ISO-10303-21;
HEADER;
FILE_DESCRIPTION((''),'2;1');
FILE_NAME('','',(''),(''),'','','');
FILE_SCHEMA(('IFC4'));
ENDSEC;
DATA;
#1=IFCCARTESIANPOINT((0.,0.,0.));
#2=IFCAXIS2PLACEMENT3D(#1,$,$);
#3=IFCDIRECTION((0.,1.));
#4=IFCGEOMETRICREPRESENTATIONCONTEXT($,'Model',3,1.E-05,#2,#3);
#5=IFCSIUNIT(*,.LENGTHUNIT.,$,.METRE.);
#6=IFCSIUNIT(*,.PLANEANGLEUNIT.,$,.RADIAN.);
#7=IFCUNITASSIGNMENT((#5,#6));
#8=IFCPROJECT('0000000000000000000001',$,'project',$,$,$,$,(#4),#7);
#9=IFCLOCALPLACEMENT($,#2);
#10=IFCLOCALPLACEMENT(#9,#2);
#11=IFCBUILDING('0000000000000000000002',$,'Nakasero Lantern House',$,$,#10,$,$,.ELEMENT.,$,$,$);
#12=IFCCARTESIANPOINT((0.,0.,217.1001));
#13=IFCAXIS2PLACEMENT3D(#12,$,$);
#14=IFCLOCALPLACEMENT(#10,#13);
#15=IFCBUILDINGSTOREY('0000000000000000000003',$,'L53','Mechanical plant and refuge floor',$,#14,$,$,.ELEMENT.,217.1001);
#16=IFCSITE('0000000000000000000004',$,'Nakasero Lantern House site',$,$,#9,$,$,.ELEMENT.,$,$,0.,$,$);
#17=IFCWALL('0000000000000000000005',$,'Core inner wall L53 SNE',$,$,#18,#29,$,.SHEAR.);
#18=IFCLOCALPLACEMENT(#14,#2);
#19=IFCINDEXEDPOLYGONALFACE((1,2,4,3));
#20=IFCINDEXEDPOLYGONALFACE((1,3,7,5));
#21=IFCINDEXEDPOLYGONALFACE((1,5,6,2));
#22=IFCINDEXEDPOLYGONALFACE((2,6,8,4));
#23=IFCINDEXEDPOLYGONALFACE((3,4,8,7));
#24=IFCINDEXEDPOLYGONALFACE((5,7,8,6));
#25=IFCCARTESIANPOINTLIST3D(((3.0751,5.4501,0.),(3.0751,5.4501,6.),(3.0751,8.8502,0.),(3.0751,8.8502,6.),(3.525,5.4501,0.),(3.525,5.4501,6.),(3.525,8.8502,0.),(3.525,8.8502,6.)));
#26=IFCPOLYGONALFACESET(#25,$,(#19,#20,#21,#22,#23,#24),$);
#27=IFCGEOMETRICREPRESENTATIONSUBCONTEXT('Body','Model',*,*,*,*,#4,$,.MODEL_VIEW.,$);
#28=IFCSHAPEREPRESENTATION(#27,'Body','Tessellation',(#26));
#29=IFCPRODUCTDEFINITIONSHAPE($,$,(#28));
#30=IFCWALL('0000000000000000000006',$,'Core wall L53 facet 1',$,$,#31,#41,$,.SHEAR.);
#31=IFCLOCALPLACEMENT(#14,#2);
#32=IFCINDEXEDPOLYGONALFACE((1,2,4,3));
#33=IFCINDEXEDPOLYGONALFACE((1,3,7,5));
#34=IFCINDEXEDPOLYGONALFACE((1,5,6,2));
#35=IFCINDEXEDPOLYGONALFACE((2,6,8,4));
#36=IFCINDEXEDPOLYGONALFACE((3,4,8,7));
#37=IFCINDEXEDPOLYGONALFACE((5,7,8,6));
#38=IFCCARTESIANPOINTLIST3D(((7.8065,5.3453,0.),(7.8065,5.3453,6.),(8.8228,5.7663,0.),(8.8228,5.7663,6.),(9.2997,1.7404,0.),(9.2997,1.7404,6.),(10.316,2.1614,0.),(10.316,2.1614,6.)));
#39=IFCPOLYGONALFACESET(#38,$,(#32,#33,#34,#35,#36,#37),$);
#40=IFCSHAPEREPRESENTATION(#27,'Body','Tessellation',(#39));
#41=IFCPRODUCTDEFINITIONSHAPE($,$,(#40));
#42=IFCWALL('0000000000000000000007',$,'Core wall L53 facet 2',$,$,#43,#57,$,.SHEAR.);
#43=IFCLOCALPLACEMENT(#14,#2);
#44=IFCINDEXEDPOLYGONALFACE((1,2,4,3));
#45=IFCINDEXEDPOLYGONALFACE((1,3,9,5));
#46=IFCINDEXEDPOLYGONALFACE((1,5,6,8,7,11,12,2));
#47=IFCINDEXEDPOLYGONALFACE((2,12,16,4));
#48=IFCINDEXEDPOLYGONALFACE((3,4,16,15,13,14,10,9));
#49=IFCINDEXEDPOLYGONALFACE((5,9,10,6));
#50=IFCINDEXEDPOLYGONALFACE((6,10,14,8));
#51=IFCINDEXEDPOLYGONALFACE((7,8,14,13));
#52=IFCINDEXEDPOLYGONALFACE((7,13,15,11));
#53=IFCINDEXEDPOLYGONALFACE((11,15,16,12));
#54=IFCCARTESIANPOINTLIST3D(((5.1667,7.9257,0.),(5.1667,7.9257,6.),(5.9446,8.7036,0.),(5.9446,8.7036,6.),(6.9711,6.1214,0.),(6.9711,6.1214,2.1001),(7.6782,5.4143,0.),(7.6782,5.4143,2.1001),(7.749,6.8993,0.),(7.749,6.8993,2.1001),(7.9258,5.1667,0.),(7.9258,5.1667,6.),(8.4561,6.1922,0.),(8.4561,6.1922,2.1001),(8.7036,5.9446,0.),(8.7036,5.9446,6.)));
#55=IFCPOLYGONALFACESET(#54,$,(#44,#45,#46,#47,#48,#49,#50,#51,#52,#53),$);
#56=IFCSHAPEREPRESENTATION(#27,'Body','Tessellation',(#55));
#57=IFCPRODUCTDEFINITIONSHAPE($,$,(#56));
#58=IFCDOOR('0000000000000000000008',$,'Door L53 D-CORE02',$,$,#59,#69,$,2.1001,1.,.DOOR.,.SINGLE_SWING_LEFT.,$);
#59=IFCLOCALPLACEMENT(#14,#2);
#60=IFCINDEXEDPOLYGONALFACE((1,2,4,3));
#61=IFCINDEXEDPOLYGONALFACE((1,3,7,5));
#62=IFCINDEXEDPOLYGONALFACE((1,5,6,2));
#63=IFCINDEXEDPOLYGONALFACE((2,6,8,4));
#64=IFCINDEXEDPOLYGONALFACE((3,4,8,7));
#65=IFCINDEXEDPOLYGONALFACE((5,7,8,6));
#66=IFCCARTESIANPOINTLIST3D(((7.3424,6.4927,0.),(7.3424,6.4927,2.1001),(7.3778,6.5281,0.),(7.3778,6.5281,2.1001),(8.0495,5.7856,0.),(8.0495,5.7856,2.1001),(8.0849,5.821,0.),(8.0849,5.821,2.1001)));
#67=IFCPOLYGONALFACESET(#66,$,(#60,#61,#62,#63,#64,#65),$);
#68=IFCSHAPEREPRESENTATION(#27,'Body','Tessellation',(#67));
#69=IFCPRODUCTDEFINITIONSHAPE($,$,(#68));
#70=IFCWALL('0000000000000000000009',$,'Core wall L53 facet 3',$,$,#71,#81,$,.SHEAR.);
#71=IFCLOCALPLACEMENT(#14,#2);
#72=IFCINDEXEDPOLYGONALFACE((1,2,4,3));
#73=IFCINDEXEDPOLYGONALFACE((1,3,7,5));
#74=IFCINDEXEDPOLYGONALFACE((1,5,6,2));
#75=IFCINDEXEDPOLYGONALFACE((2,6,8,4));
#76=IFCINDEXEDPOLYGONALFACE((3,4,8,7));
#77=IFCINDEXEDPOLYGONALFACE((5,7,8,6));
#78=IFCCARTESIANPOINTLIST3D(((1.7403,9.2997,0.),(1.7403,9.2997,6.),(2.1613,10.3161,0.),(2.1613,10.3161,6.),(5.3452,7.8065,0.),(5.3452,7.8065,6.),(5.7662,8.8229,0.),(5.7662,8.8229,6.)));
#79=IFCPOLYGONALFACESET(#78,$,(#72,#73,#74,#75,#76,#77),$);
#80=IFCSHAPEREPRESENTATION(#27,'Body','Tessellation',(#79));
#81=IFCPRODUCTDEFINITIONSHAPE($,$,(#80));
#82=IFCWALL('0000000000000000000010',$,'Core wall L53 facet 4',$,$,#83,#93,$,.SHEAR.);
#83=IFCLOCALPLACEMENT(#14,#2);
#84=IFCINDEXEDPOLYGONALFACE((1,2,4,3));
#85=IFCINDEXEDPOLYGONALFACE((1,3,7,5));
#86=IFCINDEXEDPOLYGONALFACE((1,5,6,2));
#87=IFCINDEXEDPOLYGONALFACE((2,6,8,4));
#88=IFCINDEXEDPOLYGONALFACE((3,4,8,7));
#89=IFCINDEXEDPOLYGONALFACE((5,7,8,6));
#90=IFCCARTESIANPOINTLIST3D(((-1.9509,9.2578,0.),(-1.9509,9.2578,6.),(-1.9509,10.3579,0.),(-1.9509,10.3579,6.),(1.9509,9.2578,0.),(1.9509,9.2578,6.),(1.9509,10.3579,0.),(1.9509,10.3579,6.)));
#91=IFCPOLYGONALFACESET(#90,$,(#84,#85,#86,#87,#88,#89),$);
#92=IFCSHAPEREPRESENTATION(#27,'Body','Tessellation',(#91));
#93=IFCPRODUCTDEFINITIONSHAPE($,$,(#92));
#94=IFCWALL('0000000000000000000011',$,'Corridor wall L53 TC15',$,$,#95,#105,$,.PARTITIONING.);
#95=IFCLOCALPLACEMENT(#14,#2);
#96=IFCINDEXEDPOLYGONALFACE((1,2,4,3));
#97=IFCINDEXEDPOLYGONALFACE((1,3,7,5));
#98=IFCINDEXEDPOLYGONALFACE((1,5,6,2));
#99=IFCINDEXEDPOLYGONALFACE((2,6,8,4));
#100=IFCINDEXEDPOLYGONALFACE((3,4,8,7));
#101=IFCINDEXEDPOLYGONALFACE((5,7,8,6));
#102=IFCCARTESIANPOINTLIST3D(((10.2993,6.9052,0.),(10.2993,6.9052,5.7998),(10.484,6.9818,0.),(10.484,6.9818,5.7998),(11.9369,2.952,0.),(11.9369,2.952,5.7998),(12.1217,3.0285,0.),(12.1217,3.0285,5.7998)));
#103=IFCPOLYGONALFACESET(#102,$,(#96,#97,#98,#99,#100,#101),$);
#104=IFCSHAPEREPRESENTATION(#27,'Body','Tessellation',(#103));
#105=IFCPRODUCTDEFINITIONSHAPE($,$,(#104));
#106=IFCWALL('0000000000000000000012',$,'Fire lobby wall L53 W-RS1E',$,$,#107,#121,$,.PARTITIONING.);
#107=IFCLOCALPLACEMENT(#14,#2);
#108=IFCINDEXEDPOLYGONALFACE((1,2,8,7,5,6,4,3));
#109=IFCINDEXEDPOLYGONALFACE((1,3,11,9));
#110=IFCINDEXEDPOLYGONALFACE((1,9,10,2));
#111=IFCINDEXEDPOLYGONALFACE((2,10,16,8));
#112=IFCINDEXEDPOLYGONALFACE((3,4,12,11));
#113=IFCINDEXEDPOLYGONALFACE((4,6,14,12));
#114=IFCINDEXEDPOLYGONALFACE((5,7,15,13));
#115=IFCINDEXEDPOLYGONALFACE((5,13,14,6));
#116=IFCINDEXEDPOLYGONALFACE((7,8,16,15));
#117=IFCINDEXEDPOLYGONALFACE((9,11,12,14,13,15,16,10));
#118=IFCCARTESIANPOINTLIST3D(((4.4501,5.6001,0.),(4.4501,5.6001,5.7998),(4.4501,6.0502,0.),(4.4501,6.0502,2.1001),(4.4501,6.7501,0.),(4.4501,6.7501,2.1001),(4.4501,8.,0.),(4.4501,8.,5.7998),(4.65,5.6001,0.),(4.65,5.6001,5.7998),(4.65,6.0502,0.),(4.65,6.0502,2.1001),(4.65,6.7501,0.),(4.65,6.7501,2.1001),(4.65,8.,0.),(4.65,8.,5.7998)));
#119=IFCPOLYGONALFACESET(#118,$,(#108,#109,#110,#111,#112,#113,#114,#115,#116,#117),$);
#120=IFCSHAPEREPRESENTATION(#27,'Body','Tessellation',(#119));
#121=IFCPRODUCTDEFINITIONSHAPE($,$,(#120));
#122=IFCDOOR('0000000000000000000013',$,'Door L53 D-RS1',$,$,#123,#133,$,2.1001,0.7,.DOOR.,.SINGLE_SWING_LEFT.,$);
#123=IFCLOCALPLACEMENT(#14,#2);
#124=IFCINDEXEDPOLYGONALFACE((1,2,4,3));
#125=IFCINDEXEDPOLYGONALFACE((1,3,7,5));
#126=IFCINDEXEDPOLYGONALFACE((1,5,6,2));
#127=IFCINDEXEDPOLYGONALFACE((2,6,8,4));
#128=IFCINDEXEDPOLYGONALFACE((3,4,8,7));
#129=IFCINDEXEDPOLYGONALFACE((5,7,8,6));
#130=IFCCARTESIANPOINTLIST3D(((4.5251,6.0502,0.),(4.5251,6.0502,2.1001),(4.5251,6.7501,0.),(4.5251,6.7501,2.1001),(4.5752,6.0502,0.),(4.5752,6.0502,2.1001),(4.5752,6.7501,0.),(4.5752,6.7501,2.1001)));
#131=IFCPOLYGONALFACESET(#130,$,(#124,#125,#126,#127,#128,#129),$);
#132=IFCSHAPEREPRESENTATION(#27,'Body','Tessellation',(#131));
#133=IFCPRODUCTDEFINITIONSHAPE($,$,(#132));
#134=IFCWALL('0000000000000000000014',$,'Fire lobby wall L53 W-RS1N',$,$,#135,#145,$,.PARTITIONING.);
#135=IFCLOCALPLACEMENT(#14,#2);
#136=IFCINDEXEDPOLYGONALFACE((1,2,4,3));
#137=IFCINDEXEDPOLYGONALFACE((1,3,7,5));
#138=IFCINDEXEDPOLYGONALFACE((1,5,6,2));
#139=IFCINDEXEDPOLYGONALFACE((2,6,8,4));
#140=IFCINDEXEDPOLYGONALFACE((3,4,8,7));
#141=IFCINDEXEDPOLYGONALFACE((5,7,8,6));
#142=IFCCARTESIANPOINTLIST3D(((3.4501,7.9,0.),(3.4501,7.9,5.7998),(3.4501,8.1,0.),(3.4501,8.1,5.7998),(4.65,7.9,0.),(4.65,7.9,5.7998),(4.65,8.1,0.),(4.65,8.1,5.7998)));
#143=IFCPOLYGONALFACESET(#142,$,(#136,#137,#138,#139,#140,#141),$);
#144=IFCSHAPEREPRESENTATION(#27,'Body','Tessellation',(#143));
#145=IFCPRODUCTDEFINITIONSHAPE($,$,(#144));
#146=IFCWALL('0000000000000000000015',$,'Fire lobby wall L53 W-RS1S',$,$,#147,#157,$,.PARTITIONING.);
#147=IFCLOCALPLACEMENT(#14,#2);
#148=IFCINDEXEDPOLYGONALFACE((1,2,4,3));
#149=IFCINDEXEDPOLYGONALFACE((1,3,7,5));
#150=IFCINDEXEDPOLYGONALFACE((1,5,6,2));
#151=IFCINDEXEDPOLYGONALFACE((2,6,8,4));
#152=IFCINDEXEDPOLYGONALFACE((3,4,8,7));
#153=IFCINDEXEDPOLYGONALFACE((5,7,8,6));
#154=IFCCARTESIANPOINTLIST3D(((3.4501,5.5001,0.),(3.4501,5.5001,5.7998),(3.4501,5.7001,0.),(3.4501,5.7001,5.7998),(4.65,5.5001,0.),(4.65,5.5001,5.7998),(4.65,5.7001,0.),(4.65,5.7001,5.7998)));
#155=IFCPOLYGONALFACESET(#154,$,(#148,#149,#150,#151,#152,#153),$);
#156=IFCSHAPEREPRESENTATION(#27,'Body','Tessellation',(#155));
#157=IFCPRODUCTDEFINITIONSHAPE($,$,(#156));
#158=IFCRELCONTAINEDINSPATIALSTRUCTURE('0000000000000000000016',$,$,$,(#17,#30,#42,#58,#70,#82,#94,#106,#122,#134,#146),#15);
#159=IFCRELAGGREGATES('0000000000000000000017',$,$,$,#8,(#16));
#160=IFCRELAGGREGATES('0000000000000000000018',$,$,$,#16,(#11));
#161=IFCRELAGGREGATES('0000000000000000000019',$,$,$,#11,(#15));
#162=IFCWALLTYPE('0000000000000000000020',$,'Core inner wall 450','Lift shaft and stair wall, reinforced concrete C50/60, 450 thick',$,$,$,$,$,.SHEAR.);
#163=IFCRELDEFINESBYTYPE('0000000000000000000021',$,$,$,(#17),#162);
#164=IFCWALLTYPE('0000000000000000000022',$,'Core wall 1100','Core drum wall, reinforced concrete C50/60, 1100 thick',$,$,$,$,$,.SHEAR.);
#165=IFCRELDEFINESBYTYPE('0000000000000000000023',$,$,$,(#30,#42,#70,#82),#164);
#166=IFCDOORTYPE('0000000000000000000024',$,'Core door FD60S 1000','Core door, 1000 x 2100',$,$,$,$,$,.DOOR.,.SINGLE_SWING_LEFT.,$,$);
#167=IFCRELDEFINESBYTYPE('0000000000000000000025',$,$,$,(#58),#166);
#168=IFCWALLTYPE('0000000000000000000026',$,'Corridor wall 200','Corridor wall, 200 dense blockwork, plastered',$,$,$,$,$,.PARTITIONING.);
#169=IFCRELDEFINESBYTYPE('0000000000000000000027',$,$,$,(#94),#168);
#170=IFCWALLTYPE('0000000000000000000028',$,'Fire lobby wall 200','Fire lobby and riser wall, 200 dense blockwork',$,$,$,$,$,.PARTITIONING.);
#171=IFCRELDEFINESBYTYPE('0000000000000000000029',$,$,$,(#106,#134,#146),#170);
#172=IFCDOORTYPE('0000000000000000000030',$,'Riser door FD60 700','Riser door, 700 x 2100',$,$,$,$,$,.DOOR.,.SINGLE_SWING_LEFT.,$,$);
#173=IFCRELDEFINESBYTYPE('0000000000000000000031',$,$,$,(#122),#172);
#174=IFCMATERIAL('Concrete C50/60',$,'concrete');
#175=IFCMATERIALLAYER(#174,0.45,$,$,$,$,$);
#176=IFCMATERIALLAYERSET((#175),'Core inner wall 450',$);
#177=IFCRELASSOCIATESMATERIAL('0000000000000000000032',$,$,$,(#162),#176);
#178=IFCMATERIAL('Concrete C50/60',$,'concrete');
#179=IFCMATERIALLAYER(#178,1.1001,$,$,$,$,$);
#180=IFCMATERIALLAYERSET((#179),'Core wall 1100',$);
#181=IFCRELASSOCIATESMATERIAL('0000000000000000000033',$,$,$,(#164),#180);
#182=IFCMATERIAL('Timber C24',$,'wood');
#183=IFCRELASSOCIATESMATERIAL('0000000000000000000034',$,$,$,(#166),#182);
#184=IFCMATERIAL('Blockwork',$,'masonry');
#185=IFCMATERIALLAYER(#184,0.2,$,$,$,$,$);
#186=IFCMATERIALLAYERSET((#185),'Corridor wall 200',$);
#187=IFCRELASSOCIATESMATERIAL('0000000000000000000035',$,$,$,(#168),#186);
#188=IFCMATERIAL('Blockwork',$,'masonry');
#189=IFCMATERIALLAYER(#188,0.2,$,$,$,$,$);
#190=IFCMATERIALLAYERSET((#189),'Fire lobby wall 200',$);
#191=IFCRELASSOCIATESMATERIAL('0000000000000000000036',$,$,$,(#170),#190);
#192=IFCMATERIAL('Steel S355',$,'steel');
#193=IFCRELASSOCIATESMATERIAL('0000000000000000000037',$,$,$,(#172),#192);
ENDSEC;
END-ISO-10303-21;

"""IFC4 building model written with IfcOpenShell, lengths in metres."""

from ifc_helpers import new_model, si_unit, direction, frame, frame_2d, origin, place, context, subcontext, project, spatial, rectangle, extrude, material, layer, layer_set, type_object, element, fill, save


model = new_model("IFC4")

# Units and contexts
model_context = context("Model", 3, precision=1e-05, world=origin(), true_north=direction((0.0, 1.0)))
body_context = subcontext(model_context, "Body", "Model", "MODEL_VIEW")
ifc_project = project(units=[si_unit("LENGTHUNIT", "METRE"), si_unit("PLANEANGLEUNIT", "RADIAN")], contexts=[model_context])

# Site, building, storey
site_placement = place(None, origin())
site = spatial("IfcSite", under=ifc_project, at=site_placement, Name="Nakasero Lantern House site", CompositionType="ELEMENT", RefElevation=0.0)
building_placement = place(site_placement, origin())
building = spatial("IfcBuilding", under=site, at=building_placement, Name="Nakasero Lantern House", CompositionType="ELEMENT")
storey_placement = place(building_placement, frame((0.0, 0.0, 217.1001)))
storey = spatial("IfcBuildingStorey", under=building, at=storey_placement, Name="L53", Description="Mechanical plant and refuge floor", CompositionType="ELEMENT", Elevation=217.1001)

# Walls
ifc_material_1 = material(Name="Concrete C50/60", Category="concrete")
ifc_layer_1 = layer(ifc_material_1, 0.45)
ifc_layer_set_1 = layer_set([ifc_layer_1], Name="Core inner wall 450")
wall_type_1 = type_object("IfcWallType", Name="Core inner wall 450", Description="Lift shaft and stair wall, reinforced concrete C50/60, 450 thick", PredefinedType="SHEAR", material=ifc_layer_set_1)
wall_1_placement = place(storey_placement, frame((3.3, 5.45, 0.0), z_axis=(0.0, 0.0, 1.0), x_axis=(0.0, 1.0, 0.0)))
element("IfcWall", 1, at=wall_1_placement, inside=storey, type_object=wall_type_1, Name="Core inner wall L53 SNE", PredefinedType="SHEAR", context=body_context, shape_type="SweptSolid", body=[
    extrude(rectangle(XDim=3.4001, YDim=0.45, at=frame_2d((1.7002, 0.0))), origin(), (0.0, 0.0, 1.0), 6.0),
])
ifc_material_2 = material(Name="Concrete C50/60", Category="concrete")
ifc_layer_2 = layer(ifc_material_2, 1.1001)
ifc_layer_set_2 = layer_set([ifc_layer_2], Name="Core wall 1100")
wall_type_2 = type_object("IfcWallType", Name="Core wall 1100", Description="Core drum wall, reinforced concrete C50/60, 1100 thick", PredefinedType="SHEAR", material=ifc_layer_set_2)
wall_2_placement = place(storey_placement, frame((9.8079, 1.9509, 0.0), z_axis=(0.0, 0.0, 1.0), x_axis=(-0.382691, 0.923877, 0.0)))
element("IfcWall", 2, at=wall_2_placement, inside=storey, type_object=wall_type_2, Name="Core wall L53 facet 1", PredefinedType="SHEAR", context=body_context, shape_type="SweptSolid", body=[
    extrude(rectangle(XDim=3.9019, YDim=1.1001, at=frame_2d((1.9509, 0.0))), origin(), (0.0, 0.0, 1.0), 6.0),
])

# Wall, opening, door
wall_3_placement = place(storey_placement, frame((8.3147, 5.5557, 0.0), z_axis=(0.0, 0.0, 1.0), x_axis=(-0.707107, 0.707107, 0.0)))
wall_3 = element("IfcWall", 3, at=wall_3_placement, inside=storey, type_object=wall_type_2, Name="Core wall L53 facet 2", PredefinedType="SHEAR", context=body_context, shape_type="SweptSolid", body=[
    extrude(rectangle(XDim=3.9019, YDim=1.1001, at=frame_2d((1.9509, 0.0))), origin(), (0.0, 0.0, 1.0), 6.0),
])
opening_1_placement = place(wall_3_placement, frame((0.3501, 0.0, 0.0)))
opening_1 = element("IfcOpeningElement", 4, at=opening_1_placement, cuts=wall_3, PredefinedType="OPENING", context=body_context, shape_type="SweptSolid", body=[
    extrude(rectangle(XDim=1.0, YDim=2.1001, at=frame_2d((0.5, 1.05))), frame((0.0, 0.5701, 0.0), z_axis=(0.0, -1.0, 0.0), x_axis=(1.0, 0.0, 0.0)), (0.0, 0.0, 1.0), 1.1401),
])
ifc_material_3 = material(Name="Timber C24", Category="wood")
door_type_1 = type_object("IfcDoorType", Name="Core door FD60S 1000", Description="Core door, 1000 x 2100", OperationType="SINGLE_SWING_LEFT", PredefinedType="DOOR", material=ifc_material_3)
door_1_placement = place(opening_1_placement, origin())
door_1 = element("IfcDoor", 5, at=door_1_placement, inside=storey, type_object=door_type_1, Name="Door L53 D-CORE02", OperationType="SINGLE_SWING_LEFT", OverallHeight=2.1001, OverallWidth=1.0, PredefinedType="DOOR", context=body_context, shape_type="SweptSolid", body=[
    extrude(rectangle(XDim=1.0, YDim=2.1001, at=frame_2d((0.5, 1.05))), frame((0.0, 0.0249, 0.0), z_axis=(0.0, -1.0, 0.0), x_axis=(1.0, 0.0, 0.0)), (0.0, 0.0, 1.0), 0.05),
])
fill(opening_1, door_1)

# Walls
for number, where, z_axis, x_axis, name in (
    (6, (5.5557, 8.3147, 0.0), (0.0, 0.0, 1.0), (-0.923877, 0.382691, 0.0), "Core wall L53 facet 3"),
    (7, (1.9509, 9.8079, 0.0), (0.0, 0.0, 1.0), (-1.0, 0.0, 0.0), "Core wall L53 facet 4"),
):
    element("IfcWall", number, at=place(storey_placement, frame(where, z_axis=z_axis, x_axis=x_axis)), inside=storey, type_object=wall_type_2, Name=name, PredefinedType="SHEAR", context=body_context, shape_type="SweptSolid", body=[
        extrude(rectangle(XDim=3.9019, YDim=1.1001, at=frame_2d((1.9509, 0.0))), origin(), (0.0, 0.0, 1.0), 6.0),
    ])
ifc_material_4 = material(Name="Blockwork", Category="masonry")
ifc_layer_3 = layer(ifc_material_4, 0.2)
ifc_layer_set_3 = layer_set([ifc_layer_3], Name="Corridor wall 200")
wall_type_3 = type_object("IfcWallType", Name="Corridor wall 200", Description="Corridor wall, 200 dense blockwork, plastered", PredefinedType="PARTITIONING", material=ifc_layer_set_3)
wall_4_placement = place(storey_placement, frame((10.3916, 6.9436, 0.0), z_axis=(0.0, 0.0, 1.0), x_axis=(0.382715, -0.923867, 0.0)))
element("IfcWall", 8, at=wall_4_placement, inside=storey, type_object=wall_type_3, Name="Corridor wall L53 TC15", PredefinedType="PARTITIONING", context=body_context, shape_type="SweptSolid", body=[
    extrude(rectangle(XDim=4.2791, YDim=0.2, at=frame_2d((2.1396, 0.0))), origin(), (0.0, 0.0, 1.0), 5.7998),
])

# Wall, opening, door
ifc_material_5 = material(Name="Blockwork", Category="masonry")
ifc_layer_4 = layer(ifc_material_5, 0.2)
ifc_layer_set_4 = layer_set([ifc_layer_4], Name="Fire lobby wall 200")
wall_type_4 = type_object("IfcWallType", Name="Fire lobby wall 200", Description="Fire lobby and riser wall, 200 dense blockwork", PredefinedType="PARTITIONING", material=ifc_layer_set_4)
wall_5_placement = place(storey_placement, frame((4.55, 5.6001, 0.0), z_axis=(0.0, 0.0, 1.0), x_axis=(0.0, 1.0, 0.0)))
wall_5 = element("IfcWall", 9, at=wall_5_placement, inside=storey, type_object=wall_type_4, Name="Fire lobby wall L53 W-RS1E", PredefinedType="PARTITIONING", context=body_context, shape_type="SweptSolid", body=[
    extrude(rectangle(XDim=2.3999, YDim=0.2, at=frame_2d((1.2, 0.0))), origin(), (0.0, 0.0, 1.0), 5.7998),
])
opening_2_placement = place(wall_5_placement, frame((0.45, 0.0, 0.0)))
opening_2 = element("IfcOpeningElement", 10, at=opening_2_placement, cuts=wall_5, PredefinedType="OPENING", context=body_context, shape_type="SweptSolid", body=[
    extrude(rectangle(XDim=0.7, YDim=2.1001, at=frame_2d((0.3501, 1.05))), frame((0.0, 0.1199, 0.0), z_axis=(0.0, -1.0, 0.0), x_axis=(1.0, 0.0, 0.0)), (0.0, 0.0, 1.0), 0.24),
])
ifc_material_6 = material(Name="Steel S355", Category="steel")
door_type_2 = type_object("IfcDoorType", Name="Riser door FD60 700", Description="Riser door, 700 x 2100", OperationType="SINGLE_SWING_LEFT", PredefinedType="DOOR", material=ifc_material_6)
door_2_placement = place(opening_2_placement, origin())
door_2 = element("IfcDoor", 11, at=door_2_placement, inside=storey, type_object=door_type_2, Name="Door L53 D-RS1", OperationType="SINGLE_SWING_LEFT", OverallHeight=2.1001, OverallWidth=0.7, PredefinedType="DOOR", context=body_context, shape_type="SweptSolid", body=[
    extrude(rectangle(XDim=0.7, YDim=2.1001, at=frame_2d((0.3501, 1.05))), frame((0.0, 0.0249, 0.0), z_axis=(0.0, -1.0, 0.0), x_axis=(1.0, 0.0, 0.0)), (0.0, 0.0, 1.0), 0.05),
])
fill(opening_2, door_2)

# Walls
for number, where, z_axis, x_axis, name in (
    (12, (3.45, 8.0, 0.0), (0.0, 0.0, 1.0), (1.0, 0.0, 0.0), "Fire lobby wall L53 W-RS1N"),
    (13, (3.45, 5.6001, 0.0), (0.0, 0.0, 1.0), (1.0, 0.0, 0.0), "Fire lobby wall L53 W-RS1S"),
):
    element("IfcWall", number, at=place(storey_placement, frame(where, z_axis=z_axis, x_axis=x_axis)), inside=storey, type_object=wall_type_4, Name=name, PredefinedType="PARTITIONING", context=body_context, shape_type="SweptSolid", body=[
        extrude(rectangle(XDim=1.2, YDim=0.2, at=frame_2d((0.6001, 0.0))), origin(), (0.0, 0.0, 1.0), 5.7998),
    ])

save(model, "model.ifc")
